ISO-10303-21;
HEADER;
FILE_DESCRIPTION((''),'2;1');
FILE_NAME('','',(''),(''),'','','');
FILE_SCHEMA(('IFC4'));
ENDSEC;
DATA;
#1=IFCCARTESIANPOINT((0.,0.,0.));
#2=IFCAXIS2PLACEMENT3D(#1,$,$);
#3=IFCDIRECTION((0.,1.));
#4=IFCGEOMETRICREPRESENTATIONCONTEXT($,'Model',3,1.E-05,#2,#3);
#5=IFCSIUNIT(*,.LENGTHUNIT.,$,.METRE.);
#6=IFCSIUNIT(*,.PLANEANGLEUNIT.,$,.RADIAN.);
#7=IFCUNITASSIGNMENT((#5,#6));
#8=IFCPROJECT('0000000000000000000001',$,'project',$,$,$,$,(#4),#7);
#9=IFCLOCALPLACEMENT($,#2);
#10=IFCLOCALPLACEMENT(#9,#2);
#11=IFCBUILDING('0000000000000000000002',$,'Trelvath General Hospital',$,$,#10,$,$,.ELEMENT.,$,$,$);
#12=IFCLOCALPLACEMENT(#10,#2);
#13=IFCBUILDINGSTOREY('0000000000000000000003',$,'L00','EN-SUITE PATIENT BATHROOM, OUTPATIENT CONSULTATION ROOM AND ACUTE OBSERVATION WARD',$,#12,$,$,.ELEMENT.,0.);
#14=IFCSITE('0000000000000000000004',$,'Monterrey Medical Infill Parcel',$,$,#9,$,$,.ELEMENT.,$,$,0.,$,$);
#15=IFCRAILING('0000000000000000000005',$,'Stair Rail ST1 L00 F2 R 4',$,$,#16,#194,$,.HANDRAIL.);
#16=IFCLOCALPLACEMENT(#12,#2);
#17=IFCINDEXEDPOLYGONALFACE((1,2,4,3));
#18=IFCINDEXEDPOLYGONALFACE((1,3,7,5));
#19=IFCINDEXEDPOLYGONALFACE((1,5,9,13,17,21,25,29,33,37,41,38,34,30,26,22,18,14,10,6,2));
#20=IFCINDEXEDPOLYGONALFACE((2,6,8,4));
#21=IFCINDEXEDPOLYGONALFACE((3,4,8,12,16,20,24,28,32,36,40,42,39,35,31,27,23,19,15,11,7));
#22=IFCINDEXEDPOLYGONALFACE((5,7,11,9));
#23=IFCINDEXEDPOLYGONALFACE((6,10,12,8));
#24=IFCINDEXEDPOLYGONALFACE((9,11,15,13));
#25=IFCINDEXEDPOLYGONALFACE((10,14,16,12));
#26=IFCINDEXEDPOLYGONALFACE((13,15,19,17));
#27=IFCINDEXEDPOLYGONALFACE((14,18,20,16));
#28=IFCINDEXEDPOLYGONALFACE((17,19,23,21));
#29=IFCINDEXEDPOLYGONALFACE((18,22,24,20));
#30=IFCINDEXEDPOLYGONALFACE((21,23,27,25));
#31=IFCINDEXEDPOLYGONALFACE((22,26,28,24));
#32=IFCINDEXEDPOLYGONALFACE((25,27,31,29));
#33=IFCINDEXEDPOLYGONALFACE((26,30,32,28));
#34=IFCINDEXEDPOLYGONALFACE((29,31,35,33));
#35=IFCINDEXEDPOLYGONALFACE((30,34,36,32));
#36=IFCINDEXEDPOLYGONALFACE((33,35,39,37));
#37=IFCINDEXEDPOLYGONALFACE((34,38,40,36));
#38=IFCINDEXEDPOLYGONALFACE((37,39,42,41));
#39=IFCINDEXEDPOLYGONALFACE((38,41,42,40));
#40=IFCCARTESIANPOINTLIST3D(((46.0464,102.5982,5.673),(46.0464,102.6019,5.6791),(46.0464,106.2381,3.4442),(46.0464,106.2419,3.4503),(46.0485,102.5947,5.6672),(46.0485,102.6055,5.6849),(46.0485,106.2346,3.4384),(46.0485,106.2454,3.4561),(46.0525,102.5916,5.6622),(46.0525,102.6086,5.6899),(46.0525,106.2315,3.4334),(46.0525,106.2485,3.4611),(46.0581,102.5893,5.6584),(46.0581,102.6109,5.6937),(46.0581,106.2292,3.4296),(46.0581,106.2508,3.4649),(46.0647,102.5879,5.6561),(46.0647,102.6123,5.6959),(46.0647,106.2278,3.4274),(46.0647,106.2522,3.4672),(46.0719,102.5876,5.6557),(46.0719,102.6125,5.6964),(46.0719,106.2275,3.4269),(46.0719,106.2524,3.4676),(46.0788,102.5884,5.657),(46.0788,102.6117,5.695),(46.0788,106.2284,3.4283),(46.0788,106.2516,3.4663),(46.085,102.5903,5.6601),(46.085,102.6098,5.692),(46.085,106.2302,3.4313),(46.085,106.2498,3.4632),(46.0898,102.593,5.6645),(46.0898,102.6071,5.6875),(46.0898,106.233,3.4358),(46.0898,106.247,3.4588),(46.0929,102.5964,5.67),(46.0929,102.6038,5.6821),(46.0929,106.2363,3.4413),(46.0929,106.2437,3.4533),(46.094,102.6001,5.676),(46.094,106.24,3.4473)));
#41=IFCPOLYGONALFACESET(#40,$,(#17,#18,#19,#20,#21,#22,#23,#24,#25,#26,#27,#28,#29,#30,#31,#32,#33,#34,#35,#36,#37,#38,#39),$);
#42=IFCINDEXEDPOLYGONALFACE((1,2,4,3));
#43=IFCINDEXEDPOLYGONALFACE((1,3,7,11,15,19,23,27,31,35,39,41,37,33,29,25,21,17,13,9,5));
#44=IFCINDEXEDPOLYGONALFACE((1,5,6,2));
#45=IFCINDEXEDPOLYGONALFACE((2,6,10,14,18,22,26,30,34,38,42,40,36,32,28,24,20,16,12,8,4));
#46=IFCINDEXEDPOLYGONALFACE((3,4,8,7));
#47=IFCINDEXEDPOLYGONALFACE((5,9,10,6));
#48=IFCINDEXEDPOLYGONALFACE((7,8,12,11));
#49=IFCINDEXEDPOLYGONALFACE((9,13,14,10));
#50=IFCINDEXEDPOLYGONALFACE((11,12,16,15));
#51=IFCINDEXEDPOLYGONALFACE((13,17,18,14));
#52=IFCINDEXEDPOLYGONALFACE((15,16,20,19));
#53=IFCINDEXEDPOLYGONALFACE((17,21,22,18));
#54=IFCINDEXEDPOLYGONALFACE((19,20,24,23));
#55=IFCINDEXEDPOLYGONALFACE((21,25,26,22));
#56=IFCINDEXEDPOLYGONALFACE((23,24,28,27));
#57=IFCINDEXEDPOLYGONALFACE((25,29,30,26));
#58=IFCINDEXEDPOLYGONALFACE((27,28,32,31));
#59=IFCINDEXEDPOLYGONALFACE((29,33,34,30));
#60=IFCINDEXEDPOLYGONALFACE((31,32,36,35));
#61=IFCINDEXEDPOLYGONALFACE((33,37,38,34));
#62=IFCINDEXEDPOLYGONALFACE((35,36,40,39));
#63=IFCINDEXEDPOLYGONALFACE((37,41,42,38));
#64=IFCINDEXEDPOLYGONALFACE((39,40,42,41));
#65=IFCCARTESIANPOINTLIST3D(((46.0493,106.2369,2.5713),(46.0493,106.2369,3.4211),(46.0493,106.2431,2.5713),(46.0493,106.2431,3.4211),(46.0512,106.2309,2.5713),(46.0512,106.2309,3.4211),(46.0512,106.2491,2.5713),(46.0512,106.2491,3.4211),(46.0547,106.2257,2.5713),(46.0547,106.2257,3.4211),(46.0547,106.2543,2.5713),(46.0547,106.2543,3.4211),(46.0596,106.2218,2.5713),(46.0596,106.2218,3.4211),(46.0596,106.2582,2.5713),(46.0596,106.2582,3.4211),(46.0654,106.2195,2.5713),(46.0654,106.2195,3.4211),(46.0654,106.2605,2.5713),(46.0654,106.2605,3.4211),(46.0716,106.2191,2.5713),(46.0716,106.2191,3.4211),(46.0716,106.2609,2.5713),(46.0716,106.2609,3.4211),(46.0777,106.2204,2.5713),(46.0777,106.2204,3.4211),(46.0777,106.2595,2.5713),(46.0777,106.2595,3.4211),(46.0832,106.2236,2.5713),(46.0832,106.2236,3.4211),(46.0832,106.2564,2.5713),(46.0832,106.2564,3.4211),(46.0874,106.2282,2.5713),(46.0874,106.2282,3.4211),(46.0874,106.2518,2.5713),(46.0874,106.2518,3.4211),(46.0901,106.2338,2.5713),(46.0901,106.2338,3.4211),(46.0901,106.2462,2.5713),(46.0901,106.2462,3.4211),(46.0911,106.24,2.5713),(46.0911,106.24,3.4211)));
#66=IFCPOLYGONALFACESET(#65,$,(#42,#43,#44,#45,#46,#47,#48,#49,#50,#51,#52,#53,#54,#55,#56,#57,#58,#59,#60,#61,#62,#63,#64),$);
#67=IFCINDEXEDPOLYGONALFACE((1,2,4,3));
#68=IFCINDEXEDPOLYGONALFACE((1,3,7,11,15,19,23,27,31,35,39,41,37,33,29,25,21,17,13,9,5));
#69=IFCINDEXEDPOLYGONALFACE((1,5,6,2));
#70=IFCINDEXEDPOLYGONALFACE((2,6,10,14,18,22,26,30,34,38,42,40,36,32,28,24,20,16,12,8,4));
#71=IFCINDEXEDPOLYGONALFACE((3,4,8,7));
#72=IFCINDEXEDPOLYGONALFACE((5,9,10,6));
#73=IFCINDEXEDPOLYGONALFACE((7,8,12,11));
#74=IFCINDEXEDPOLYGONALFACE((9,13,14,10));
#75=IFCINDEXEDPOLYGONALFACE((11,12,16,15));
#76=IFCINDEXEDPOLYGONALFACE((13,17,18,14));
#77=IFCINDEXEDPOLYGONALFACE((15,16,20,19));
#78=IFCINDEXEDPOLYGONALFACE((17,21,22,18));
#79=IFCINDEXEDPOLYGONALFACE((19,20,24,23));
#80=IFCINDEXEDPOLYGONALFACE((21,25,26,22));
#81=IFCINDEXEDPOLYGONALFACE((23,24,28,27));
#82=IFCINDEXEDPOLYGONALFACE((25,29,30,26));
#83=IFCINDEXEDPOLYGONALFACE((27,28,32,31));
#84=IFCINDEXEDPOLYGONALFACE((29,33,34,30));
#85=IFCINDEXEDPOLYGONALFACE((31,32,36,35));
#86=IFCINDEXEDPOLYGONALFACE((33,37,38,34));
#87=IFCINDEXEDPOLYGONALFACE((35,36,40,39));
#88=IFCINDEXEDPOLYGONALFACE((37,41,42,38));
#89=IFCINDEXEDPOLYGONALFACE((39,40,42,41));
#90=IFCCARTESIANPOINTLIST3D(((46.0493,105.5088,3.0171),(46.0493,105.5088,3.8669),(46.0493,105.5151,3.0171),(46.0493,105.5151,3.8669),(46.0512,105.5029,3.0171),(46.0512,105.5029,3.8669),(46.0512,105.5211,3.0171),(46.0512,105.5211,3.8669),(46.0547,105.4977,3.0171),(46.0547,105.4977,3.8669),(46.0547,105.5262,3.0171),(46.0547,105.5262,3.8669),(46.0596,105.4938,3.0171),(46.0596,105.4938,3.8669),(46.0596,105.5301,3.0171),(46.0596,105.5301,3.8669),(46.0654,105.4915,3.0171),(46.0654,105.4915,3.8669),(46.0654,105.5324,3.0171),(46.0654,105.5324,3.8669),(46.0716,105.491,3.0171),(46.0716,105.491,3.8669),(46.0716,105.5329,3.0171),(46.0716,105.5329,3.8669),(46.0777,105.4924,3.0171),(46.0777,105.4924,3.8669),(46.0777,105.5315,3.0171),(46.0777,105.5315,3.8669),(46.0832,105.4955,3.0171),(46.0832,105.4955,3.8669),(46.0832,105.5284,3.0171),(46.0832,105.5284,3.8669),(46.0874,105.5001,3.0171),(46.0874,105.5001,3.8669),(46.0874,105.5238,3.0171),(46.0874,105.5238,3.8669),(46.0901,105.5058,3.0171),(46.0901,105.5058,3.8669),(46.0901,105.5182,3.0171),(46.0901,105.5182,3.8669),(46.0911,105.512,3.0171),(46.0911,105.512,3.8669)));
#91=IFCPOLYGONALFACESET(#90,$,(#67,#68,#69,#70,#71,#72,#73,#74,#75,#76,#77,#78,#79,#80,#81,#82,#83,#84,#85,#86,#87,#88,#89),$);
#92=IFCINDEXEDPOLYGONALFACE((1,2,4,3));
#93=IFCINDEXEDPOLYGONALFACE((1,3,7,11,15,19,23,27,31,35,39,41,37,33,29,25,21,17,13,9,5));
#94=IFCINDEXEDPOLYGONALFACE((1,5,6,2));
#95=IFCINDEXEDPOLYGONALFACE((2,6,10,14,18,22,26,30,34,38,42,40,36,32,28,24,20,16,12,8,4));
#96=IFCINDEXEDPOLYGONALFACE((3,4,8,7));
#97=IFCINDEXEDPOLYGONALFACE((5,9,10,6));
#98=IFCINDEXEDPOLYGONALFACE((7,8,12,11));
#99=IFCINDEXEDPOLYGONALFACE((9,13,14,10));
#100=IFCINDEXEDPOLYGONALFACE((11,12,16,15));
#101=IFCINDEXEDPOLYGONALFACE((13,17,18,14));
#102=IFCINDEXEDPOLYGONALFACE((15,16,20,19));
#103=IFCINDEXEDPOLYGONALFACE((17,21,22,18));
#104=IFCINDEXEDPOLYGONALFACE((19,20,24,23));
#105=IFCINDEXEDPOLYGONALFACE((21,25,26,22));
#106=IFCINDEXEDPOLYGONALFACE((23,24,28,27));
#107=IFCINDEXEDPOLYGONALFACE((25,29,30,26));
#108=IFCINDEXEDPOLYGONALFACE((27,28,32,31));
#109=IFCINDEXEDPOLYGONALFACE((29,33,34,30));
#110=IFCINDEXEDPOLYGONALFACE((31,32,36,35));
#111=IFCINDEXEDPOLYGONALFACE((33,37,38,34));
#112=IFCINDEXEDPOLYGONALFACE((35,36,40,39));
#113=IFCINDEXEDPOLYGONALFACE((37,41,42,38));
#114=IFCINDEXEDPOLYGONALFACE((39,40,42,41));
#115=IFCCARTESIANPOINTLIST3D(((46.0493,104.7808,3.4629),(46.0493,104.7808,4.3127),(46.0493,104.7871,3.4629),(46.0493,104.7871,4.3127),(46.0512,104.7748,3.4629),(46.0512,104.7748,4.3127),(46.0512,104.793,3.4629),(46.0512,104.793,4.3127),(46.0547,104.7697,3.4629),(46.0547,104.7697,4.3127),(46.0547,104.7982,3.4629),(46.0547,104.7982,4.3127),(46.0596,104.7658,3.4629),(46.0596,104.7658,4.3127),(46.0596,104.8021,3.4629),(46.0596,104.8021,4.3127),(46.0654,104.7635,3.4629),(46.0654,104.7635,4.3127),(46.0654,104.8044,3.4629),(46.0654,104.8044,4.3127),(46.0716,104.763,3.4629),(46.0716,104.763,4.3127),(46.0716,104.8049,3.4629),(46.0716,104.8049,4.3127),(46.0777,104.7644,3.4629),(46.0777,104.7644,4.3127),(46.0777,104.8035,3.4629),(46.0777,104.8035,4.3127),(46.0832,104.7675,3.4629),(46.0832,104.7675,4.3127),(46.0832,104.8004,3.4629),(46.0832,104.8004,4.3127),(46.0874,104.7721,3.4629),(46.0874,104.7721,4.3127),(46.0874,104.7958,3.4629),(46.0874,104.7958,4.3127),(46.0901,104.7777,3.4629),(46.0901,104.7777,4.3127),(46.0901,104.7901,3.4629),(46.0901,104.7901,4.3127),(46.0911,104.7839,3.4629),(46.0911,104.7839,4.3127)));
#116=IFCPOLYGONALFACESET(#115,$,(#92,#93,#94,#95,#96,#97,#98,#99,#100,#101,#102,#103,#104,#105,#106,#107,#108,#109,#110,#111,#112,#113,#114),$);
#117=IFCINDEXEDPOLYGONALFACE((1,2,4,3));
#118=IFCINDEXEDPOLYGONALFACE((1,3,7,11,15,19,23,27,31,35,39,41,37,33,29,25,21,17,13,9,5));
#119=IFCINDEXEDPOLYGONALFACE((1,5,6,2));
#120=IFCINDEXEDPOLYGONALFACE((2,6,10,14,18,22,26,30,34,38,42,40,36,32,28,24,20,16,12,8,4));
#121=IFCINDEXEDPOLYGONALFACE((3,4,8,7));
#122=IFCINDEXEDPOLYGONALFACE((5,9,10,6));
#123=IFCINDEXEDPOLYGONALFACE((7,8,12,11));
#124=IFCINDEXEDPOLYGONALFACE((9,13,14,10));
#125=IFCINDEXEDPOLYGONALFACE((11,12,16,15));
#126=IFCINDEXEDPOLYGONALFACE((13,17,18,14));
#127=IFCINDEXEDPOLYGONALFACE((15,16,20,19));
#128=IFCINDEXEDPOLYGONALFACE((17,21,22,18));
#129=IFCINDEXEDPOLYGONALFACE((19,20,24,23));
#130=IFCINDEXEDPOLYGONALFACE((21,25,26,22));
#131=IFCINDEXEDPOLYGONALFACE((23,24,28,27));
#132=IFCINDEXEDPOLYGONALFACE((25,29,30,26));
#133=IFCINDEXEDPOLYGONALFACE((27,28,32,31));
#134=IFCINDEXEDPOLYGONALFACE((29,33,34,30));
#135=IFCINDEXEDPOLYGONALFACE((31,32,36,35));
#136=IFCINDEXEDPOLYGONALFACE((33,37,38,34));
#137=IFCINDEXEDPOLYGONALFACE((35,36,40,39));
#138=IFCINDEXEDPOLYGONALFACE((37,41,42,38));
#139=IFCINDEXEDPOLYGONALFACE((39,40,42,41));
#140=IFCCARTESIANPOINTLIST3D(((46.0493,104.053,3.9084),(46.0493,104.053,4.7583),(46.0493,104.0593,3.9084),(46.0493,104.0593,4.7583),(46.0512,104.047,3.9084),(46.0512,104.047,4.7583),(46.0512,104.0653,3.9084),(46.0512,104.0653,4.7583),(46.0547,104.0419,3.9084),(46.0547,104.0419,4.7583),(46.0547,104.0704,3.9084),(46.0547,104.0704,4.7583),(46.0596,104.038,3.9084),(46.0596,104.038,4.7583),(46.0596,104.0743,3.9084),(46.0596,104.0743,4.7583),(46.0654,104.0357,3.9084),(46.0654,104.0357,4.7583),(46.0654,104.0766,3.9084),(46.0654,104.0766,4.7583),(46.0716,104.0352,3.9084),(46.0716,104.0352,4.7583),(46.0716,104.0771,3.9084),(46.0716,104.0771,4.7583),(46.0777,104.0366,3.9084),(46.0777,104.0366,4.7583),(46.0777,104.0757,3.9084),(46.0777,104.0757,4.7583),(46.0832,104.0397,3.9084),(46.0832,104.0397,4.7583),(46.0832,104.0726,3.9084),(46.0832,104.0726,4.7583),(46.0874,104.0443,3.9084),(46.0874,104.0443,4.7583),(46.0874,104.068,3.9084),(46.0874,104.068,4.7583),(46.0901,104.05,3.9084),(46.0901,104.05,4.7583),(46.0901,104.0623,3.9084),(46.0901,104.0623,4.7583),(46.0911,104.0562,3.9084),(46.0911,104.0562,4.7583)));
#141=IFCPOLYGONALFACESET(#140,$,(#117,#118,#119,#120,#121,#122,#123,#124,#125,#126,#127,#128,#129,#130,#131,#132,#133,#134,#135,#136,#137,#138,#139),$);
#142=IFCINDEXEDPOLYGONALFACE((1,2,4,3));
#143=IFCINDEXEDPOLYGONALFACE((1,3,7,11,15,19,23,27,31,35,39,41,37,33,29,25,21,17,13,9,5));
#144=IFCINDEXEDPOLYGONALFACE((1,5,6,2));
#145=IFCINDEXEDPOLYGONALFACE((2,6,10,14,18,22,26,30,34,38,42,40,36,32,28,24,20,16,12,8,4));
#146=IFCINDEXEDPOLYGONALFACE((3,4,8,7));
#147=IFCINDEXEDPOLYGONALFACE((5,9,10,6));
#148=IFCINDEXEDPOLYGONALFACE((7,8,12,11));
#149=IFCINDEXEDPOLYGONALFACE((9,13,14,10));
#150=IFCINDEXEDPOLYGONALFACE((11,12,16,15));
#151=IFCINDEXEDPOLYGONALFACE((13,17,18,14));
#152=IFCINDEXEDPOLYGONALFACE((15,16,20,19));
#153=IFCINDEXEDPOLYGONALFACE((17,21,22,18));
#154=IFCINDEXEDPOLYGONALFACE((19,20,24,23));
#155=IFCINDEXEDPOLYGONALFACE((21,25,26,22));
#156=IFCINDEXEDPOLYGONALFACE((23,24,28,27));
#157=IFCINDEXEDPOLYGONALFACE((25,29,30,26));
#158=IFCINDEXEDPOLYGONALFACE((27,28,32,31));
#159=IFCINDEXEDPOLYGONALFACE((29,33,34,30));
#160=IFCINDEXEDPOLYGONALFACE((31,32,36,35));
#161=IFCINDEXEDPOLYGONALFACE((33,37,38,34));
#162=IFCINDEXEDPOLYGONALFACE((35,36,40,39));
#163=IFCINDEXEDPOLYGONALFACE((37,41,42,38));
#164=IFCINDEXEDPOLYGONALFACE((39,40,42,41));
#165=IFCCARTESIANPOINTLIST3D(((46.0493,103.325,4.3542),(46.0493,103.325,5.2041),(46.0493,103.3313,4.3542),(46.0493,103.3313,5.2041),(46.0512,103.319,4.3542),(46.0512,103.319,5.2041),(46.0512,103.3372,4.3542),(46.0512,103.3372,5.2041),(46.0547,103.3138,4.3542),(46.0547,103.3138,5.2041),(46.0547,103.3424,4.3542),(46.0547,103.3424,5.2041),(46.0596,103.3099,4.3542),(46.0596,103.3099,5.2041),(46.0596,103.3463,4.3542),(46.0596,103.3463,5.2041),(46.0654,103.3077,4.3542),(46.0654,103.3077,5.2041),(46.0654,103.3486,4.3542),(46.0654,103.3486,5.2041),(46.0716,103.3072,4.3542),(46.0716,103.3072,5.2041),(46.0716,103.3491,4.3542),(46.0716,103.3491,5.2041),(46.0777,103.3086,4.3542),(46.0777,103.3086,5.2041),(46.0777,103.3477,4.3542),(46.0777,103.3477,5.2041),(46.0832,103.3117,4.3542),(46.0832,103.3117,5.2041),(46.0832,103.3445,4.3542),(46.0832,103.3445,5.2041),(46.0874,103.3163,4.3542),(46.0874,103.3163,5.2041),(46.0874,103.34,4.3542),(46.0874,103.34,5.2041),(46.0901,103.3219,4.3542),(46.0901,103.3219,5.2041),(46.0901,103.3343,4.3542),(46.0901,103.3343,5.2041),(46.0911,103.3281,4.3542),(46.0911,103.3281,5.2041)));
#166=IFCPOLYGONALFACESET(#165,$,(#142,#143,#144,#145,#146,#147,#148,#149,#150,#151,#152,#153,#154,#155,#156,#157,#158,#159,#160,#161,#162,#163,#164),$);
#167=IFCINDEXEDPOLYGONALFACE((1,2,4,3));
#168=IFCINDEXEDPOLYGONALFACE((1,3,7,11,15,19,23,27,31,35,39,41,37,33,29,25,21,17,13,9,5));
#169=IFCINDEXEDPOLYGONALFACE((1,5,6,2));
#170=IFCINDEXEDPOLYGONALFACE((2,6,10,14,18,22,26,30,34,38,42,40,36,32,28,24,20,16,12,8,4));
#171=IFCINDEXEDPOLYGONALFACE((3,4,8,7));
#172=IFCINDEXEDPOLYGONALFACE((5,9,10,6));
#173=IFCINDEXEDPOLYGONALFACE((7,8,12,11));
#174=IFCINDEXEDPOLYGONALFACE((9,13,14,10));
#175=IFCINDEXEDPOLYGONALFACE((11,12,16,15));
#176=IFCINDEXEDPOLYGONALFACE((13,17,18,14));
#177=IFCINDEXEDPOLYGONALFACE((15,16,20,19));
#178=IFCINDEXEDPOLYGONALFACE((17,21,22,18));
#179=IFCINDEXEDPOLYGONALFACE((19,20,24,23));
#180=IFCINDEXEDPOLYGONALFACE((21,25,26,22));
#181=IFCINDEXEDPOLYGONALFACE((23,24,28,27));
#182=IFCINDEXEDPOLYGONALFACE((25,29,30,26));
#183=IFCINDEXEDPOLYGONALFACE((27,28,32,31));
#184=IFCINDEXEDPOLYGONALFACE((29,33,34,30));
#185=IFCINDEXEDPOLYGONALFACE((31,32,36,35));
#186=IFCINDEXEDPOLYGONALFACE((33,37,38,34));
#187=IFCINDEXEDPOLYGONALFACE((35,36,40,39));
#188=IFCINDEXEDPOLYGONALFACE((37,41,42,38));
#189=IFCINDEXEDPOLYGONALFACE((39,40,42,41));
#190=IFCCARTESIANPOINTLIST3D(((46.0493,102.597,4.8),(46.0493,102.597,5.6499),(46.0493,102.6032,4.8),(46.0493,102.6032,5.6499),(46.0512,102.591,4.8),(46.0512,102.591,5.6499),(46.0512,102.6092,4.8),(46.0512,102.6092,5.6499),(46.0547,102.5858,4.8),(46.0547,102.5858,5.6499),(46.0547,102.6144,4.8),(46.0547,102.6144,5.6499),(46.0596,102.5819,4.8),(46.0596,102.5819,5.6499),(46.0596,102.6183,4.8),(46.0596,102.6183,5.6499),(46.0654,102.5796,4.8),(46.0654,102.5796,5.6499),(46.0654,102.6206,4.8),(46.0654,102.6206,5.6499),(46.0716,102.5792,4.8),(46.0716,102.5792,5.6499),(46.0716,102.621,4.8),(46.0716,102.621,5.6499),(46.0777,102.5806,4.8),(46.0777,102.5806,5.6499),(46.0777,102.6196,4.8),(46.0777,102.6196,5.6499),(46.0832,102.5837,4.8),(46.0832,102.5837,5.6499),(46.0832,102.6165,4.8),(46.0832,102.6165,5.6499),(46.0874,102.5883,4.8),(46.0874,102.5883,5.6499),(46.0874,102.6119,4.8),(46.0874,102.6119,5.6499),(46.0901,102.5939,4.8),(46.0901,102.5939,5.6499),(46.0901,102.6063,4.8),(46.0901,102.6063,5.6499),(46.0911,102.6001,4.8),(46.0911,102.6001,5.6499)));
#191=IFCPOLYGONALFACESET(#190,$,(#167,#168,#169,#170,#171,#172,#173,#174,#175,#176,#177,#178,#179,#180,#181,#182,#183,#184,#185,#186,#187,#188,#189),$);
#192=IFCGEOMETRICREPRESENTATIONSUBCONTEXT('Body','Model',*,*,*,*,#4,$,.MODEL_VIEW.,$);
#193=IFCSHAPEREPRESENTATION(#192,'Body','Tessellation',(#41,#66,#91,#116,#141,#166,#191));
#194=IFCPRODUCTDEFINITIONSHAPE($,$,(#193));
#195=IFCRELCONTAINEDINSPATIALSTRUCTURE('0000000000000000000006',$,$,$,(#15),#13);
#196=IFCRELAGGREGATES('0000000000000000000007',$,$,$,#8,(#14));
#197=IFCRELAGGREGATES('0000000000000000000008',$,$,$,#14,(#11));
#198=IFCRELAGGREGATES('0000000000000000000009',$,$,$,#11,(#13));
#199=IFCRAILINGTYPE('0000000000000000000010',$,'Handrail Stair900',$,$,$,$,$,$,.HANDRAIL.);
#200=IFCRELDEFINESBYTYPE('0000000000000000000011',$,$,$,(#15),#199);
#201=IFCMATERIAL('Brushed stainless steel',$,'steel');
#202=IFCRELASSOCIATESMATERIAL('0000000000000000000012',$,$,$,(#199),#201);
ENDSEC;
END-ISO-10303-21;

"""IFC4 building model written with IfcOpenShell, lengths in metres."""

from ifc_helpers import new_model, si_unit, direction, frame, origin, origin_2d, place, context, subcontext, project, spatial, circle, extrude, material, type_object, element, save


model = new_model("IFC4")

# Units and contexts
model_context = context("Model", 3, precision=1e-05, world=origin(), true_north=direction((0.0, 1.0)))
body_context = subcontext(model_context, "Body", "Model", "MODEL_VIEW")
ifc_project = project(units=[si_unit("LENGTHUNIT", "METRE"), si_unit("PLANEANGLEUNIT", "RADIAN")], contexts=[model_context])

# Site, building, storey
site_placement = place(None, origin())
site = spatial("IfcSite", under=ifc_project, at=site_placement, Name="Monterrey Medical Infill Parcel", CompositionType="ELEMENT", RefElevation=0.0)
building_placement = place(site_placement, origin())
building = spatial("IfcBuilding", under=site, at=building_placement, Name="Trelvath General Hospital", CompositionType="ELEMENT")
storey_placement = place(building_placement, origin())
storey = spatial("IfcBuildingStorey", under=building, at=storey_placement, Name="L00", Description="EN-SUITE PATIENT BATHROOM, OUTPATIENT CONSULTATION ROOM AND ACUTE OBSERVATION WARD", CompositionType="ELEMENT", Elevation=0.0)

# Railing
ifc_material_1 = material(Name="Brushed stainless steel", Category="steel")
railing_type_1 = type_object("IfcRailingType", Name="Handrail Stair900", PredefinedType="HANDRAIL", material=ifc_material_1)
railing_1_placement = place(storey_placement, frame((46.0701, 106.24, 2.5713)))
element("IfcRailing", 1, at=railing_1_placement, inside=storey, type_object=railing_type_1, Name="Stair Rail ST1 L00 F2 R 4", PredefinedType="HANDRAIL", context=body_context, shape_type="SweptSolid", body=[
    extrude(circle(Radius=0.0239, at=origin_2d()), frame((0.0, 0.0, 0.876), z_axis=(0.0, -0.852825, 0.522197), x_axis=(1.0, 0.0, 0.0)), (0.0, 0.0, 1.0), 4.2681),
    extrude(circle(Radius=0.021, at=origin_2d()), origin(), (0.0, 0.0, 1.0), 0.8499),
    extrude(circle(Radius=0.021, at=origin_2d()), frame((0.0, -0.728, 0.4458)), (0.0, 0.0, 1.0), 0.8499),
    extrude(circle(Radius=0.021, at=origin_2d()), frame((0.0, -1.4561, 0.8916)), (0.0, 0.0, 1.0), 0.8499),
    extrude(circle(Radius=0.021, at=origin_2d()), frame((0.0, -2.1838, 1.3372)), (0.0, 0.0, 1.0), 0.8499),
    extrude(circle(Radius=0.021, at=origin_2d()), frame((0.0, -2.9119, 1.783)), (0.0, 0.0, 1.0), 0.8499),
    extrude(circle(Radius=0.021, at=origin_2d()), frame((0.0, -3.6399, 2.2288)), (0.0, 0.0, 1.0), 0.8499),
])

save(model, "model.ifc")
